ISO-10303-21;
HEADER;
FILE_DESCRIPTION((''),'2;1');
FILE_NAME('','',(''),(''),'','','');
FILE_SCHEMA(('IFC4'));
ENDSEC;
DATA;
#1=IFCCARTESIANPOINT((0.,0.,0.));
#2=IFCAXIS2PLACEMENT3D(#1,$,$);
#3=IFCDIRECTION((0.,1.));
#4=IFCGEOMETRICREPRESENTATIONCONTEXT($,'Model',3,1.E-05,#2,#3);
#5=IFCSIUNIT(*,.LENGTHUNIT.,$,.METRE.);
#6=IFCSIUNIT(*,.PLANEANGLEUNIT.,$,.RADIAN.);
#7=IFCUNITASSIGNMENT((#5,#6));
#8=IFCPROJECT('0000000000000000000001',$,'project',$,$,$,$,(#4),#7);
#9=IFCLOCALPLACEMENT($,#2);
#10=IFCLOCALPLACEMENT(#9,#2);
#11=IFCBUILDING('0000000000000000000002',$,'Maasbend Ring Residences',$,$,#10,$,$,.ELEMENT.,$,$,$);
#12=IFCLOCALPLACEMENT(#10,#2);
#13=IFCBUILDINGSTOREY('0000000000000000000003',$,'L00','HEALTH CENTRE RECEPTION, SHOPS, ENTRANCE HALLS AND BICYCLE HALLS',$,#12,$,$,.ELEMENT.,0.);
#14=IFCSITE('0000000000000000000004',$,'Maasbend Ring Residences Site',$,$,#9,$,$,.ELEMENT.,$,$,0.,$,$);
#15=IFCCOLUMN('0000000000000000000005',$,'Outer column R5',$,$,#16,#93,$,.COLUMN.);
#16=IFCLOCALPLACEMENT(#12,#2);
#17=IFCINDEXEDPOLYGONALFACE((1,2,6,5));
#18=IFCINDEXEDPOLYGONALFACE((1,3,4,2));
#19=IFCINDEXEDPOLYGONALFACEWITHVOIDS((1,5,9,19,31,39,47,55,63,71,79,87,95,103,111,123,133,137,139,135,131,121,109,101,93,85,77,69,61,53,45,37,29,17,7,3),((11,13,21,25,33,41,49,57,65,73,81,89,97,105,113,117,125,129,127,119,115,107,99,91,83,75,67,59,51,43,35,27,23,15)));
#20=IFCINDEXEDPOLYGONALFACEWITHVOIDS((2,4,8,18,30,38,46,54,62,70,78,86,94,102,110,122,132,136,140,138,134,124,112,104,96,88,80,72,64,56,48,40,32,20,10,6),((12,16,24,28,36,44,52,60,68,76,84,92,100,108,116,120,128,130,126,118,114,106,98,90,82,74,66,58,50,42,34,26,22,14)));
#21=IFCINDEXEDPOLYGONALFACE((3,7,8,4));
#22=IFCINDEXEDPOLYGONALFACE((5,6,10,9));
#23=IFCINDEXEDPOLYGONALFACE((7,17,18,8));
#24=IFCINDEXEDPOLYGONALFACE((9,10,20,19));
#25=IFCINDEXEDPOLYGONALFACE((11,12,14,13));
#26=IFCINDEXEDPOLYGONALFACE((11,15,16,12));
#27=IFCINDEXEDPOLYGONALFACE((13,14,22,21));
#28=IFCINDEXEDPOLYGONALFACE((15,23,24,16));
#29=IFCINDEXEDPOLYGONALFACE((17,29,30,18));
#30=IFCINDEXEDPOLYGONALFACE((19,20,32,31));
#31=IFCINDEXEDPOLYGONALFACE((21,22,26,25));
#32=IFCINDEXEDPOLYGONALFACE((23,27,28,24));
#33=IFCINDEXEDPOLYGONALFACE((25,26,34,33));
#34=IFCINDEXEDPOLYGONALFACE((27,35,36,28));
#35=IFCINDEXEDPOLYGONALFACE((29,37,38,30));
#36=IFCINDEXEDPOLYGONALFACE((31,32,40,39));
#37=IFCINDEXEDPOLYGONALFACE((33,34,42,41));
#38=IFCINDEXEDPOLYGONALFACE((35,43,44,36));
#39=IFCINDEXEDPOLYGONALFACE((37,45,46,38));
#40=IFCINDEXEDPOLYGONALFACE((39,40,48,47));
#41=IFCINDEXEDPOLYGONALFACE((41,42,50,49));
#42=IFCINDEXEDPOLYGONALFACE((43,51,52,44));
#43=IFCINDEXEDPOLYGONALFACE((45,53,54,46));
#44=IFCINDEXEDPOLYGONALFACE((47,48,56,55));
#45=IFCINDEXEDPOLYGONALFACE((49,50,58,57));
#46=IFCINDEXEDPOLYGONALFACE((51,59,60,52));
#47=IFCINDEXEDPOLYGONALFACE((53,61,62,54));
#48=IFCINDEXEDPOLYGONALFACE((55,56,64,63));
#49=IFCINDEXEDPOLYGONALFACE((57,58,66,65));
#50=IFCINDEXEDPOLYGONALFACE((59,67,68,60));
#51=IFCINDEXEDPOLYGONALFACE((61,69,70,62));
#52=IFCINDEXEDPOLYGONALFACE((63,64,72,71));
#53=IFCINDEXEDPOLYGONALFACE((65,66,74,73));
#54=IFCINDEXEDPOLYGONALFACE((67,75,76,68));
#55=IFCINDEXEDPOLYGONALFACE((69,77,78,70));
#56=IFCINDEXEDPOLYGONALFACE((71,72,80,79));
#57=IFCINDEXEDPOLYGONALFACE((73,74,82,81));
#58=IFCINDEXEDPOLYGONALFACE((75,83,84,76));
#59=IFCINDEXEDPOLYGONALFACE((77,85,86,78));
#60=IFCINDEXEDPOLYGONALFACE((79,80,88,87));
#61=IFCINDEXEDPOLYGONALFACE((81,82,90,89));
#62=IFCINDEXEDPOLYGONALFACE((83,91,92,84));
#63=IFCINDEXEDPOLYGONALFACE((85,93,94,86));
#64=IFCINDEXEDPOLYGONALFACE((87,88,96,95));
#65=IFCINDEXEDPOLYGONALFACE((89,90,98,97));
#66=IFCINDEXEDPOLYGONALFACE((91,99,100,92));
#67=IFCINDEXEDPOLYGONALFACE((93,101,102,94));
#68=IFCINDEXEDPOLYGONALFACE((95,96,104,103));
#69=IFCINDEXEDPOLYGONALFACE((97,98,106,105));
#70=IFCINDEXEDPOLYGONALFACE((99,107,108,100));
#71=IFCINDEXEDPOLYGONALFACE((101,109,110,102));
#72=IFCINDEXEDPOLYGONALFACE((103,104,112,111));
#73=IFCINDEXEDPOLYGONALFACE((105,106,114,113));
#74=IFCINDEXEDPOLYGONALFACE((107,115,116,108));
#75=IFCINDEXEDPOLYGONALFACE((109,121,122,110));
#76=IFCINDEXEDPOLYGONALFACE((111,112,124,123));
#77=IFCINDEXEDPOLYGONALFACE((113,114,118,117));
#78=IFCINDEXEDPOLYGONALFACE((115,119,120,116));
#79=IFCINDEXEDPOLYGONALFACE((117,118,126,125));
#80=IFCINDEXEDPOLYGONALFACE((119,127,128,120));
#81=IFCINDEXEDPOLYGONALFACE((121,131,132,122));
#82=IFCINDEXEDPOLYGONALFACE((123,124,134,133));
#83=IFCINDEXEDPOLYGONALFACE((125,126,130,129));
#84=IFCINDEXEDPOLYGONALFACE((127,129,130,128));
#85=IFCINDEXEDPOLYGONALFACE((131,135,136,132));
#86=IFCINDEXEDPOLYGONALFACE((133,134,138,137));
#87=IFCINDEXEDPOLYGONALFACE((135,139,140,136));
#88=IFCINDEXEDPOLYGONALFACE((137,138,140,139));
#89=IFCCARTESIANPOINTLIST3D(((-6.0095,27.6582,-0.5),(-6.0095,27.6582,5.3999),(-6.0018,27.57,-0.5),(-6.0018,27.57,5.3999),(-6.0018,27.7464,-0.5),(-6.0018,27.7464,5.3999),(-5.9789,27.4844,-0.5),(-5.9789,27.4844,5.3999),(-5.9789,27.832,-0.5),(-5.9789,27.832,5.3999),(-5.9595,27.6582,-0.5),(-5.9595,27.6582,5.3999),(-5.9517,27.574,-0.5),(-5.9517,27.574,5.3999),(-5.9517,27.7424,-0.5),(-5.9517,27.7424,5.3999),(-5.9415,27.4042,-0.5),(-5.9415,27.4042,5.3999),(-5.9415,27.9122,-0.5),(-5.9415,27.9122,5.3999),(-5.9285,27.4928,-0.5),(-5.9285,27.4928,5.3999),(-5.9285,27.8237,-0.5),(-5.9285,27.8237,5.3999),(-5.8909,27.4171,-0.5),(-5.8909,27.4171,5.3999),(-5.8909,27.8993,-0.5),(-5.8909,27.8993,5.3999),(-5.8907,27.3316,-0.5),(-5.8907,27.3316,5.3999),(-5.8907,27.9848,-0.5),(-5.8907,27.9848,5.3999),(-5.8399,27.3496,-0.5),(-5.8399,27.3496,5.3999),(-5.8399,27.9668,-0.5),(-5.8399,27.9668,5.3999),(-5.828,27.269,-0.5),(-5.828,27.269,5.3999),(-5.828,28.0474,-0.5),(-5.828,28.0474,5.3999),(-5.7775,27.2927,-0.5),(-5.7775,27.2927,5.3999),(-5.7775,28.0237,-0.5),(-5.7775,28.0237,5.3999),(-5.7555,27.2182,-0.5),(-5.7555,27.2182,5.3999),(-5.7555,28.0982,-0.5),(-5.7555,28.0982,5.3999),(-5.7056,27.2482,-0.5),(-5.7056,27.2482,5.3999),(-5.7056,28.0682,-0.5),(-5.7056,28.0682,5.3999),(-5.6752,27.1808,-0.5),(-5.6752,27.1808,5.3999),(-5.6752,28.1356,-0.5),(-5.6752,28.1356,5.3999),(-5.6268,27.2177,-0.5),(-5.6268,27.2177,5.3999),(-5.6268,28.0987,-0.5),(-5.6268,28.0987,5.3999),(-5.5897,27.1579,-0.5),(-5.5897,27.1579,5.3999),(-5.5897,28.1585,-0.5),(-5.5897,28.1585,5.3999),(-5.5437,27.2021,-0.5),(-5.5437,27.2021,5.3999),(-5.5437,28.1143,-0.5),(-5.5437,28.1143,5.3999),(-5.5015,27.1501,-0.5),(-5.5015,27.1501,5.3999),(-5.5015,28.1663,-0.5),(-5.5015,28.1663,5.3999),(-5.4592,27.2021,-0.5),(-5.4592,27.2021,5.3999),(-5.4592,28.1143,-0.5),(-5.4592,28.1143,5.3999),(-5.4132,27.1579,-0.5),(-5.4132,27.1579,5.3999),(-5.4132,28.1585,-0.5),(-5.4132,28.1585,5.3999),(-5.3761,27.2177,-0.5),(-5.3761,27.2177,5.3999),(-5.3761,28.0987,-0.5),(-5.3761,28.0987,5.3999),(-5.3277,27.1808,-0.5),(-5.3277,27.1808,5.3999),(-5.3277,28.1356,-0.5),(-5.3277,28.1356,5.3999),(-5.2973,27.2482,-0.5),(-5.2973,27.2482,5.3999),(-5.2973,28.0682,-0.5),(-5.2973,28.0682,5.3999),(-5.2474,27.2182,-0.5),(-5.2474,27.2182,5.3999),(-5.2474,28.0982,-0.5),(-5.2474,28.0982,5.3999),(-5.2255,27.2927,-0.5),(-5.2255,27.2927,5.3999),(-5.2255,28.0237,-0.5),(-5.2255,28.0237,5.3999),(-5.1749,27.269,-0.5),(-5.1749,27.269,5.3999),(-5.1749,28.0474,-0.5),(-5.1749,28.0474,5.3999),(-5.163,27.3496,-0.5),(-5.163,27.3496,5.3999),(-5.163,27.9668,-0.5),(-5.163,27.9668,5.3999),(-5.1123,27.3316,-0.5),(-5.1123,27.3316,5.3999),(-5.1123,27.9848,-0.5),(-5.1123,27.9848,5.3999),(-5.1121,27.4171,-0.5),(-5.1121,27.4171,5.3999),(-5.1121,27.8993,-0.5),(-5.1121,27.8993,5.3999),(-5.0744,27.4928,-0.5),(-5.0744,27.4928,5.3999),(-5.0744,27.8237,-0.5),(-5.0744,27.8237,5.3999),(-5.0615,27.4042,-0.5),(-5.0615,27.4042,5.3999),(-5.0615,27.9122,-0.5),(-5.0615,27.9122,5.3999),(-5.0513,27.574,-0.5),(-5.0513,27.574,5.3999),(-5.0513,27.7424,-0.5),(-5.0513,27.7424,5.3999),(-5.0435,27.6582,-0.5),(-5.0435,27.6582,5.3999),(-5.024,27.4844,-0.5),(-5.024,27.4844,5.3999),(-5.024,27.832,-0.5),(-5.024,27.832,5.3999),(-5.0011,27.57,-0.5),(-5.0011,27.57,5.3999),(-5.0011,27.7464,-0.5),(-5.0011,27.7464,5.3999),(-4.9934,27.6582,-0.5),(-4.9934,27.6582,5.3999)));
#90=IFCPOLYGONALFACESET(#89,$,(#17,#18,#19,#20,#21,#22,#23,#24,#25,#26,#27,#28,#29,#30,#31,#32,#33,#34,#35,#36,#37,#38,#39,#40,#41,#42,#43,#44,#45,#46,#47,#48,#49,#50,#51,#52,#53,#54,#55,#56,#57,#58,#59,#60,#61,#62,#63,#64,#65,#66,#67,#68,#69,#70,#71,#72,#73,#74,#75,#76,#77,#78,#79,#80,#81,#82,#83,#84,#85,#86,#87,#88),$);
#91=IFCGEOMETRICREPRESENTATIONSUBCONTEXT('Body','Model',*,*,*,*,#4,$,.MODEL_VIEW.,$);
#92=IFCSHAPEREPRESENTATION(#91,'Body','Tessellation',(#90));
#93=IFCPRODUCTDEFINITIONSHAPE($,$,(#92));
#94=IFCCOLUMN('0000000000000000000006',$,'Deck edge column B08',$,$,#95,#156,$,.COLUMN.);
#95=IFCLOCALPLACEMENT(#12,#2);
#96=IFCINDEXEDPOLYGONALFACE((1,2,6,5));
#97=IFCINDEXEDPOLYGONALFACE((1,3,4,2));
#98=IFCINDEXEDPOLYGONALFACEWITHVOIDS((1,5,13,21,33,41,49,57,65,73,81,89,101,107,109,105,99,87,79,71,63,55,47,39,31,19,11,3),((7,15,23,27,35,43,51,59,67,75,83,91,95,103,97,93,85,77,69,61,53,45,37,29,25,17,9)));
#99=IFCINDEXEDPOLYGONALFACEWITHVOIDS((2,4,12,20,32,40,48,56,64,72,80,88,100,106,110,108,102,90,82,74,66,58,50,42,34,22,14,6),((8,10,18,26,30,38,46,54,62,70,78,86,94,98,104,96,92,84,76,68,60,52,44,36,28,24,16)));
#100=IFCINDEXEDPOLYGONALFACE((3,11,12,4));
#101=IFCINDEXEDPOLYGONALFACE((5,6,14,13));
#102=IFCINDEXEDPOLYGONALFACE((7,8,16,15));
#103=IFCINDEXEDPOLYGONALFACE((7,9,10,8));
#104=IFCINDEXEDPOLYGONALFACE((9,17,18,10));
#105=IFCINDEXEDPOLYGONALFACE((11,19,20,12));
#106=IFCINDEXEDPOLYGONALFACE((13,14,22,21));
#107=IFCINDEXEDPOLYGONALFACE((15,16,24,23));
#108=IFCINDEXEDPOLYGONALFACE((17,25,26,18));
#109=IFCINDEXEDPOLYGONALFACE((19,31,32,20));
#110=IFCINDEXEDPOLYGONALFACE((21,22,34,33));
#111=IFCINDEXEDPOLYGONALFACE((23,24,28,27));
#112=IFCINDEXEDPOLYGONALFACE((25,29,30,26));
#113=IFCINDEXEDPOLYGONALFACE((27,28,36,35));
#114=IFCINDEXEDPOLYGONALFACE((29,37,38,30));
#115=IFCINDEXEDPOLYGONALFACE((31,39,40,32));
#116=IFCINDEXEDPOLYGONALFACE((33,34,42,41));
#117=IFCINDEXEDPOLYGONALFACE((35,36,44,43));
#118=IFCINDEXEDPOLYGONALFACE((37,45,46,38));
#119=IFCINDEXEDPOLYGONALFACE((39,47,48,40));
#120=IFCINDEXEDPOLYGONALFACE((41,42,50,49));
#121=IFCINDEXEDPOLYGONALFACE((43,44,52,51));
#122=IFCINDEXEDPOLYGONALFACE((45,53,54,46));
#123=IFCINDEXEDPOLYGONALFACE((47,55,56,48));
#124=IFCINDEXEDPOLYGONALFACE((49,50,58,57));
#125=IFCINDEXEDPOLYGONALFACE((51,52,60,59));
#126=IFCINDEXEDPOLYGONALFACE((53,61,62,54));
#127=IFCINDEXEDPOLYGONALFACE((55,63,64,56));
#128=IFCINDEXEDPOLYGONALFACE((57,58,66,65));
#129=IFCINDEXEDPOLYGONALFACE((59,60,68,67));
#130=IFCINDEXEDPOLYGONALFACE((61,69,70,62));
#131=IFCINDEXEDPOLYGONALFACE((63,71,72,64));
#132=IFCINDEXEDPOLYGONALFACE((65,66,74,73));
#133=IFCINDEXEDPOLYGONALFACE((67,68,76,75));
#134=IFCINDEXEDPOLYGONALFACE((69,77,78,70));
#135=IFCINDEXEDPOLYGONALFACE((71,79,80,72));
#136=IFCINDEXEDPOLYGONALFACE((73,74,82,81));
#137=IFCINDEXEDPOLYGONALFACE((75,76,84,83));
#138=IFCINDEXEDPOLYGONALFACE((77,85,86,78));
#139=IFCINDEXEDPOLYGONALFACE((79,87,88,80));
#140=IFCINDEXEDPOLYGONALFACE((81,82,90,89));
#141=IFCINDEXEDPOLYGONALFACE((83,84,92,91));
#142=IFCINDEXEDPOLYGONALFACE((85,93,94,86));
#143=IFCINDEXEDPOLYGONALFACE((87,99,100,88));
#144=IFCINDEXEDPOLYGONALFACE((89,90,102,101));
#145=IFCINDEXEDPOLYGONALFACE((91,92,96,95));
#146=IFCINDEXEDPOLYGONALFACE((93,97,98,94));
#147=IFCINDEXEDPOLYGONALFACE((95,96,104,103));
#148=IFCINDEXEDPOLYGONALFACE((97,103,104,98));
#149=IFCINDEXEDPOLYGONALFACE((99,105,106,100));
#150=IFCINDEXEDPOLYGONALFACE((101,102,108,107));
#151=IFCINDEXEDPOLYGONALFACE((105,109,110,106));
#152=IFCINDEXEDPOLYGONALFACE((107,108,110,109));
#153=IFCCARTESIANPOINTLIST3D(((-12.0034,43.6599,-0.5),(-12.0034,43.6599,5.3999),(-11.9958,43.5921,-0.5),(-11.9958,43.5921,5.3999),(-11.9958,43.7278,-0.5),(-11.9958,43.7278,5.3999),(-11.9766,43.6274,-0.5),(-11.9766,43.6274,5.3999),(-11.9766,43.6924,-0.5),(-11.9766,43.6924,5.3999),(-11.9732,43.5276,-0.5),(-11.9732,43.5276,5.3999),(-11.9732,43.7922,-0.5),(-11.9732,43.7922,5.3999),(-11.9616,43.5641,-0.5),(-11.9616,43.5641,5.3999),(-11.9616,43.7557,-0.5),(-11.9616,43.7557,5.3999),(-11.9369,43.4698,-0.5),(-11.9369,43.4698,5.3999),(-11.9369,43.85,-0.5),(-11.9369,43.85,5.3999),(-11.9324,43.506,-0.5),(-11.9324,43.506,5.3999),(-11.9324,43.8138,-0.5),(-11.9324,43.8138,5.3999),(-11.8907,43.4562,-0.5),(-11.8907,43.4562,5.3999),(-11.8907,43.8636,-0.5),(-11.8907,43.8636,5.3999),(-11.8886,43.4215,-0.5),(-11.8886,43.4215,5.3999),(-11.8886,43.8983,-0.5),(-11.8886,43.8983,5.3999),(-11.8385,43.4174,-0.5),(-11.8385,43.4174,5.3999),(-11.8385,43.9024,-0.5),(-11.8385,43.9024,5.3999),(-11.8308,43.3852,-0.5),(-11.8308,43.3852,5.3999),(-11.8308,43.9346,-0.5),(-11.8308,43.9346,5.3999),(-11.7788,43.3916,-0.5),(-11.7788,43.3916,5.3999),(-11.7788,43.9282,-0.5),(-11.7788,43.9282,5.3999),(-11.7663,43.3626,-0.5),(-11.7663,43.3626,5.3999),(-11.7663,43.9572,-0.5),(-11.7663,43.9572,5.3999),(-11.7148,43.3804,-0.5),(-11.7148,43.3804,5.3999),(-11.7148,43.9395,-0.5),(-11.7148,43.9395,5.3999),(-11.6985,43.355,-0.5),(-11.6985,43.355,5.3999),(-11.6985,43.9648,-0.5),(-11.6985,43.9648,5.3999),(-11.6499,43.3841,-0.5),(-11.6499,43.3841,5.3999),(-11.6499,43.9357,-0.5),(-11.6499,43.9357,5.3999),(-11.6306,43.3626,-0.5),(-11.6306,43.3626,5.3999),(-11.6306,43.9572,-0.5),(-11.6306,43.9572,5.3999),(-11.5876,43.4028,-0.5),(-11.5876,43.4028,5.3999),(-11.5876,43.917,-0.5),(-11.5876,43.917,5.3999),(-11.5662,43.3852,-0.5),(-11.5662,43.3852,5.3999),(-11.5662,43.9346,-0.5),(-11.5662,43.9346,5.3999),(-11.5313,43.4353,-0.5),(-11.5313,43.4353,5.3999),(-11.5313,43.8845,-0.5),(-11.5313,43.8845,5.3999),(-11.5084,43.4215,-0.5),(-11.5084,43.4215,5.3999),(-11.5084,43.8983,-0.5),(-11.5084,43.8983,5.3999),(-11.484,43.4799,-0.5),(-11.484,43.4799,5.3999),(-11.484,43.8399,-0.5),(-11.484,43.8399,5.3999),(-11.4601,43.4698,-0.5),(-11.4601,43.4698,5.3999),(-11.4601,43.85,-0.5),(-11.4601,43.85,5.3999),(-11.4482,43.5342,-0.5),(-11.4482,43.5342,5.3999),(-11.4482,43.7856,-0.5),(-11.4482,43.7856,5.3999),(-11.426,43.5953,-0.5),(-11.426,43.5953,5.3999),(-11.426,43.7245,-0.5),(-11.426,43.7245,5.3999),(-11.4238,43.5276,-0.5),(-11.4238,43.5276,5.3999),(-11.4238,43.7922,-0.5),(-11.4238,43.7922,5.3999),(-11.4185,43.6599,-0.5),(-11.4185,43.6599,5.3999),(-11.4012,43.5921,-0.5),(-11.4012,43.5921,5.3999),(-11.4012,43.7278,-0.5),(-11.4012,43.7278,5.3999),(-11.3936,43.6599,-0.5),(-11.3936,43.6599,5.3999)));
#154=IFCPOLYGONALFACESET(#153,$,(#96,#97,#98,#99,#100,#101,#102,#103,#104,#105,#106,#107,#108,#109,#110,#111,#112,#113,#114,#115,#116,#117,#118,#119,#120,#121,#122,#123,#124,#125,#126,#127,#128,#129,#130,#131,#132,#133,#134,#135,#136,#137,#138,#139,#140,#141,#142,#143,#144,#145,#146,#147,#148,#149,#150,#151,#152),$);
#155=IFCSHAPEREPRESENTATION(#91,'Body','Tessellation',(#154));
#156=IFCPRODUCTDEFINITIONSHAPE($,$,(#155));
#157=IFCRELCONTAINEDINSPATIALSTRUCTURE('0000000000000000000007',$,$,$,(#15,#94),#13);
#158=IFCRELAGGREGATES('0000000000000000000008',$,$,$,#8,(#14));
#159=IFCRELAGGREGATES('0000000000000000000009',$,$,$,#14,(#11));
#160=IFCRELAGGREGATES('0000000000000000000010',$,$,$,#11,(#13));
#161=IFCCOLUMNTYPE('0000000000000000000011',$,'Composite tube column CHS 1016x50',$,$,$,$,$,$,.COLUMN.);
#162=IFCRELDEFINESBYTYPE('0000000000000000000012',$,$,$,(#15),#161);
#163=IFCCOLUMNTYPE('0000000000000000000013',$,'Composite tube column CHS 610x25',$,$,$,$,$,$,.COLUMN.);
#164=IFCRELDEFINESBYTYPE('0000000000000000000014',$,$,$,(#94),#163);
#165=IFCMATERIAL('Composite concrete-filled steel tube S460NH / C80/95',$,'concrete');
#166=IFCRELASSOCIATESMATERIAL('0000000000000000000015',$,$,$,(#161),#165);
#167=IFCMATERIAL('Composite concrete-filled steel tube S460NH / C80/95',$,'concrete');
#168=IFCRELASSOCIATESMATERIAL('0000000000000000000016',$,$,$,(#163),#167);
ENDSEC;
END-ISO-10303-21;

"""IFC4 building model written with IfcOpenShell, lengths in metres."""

from ifc_helpers import new_model, si_unit, direction, frame, origin, origin_2d, place, context, subcontext, project, spatial, hollow_circle, extrude, material, material_profile, profile_set, type_object, element, save


model = new_model("IFC4")

# Units and contexts
model_context = context("Model", 3, precision=1e-05, world=origin(), true_north=direction((0.0, 1.0)))
body_context = subcontext(model_context, "Body", "Model", "MODEL_VIEW")
ifc_project = project(units=[si_unit("LENGTHUNIT", "METRE"), si_unit("PLANEANGLEUNIT", "RADIAN")], contexts=[model_context])

# Site, building, storey
site_placement = place(None, origin())
site = spatial("IfcSite", under=ifc_project, at=site_placement, Name="Maasbend Ring Residences Site", CompositionType="ELEMENT", RefElevation=0.0)
building_placement = place(site_placement, origin())
building = spatial("IfcBuilding", under=site, at=building_placement, Name="Maasbend Ring Residences", CompositionType="ELEMENT")
storey_placement = place(building_placement, origin())
storey = spatial("IfcBuildingStorey", under=building, at=storey_placement, Name="L00", Description="HEALTH CENTRE RECEPTION, SHOPS, ENTRANCE HALLS AND BICYCLE HALLS", CompositionType="ELEMENT", Elevation=0.0)

# Columns
ifc_material_1 = material(Name="Composite concrete-filled steel tube S460NH / C80/95", Category="concrete")
ifc_material_profile_1 = material_profile(ifc_material_1, hollow_circle(Radius=0.5081, WallThickness=0.05, at=origin_2d()), Name="Composite tube column CHS 1016x50")
ifc_profile_set_1 = profile_set([ifc_material_profile_1], Name="Composite concrete-filled steel tube S460NH / C80/95")
column_type_1 = type_object("IfcColumnType", Name="Composite tube column CHS 1016x50", PredefinedType="COLUMN", material=ifc_profile_set_1)
column_1_placement = place(storey_placement, frame((-5.5015, 27.6582, -0.5), z_axis=(0.0, 0.0, 1.0), x_axis=(1.0, 0.0, 0.0)))
element("IfcColumn", 1, at=column_1_placement, inside=storey, type_object=column_type_1, Name="Outer column R5", PredefinedType="COLUMN", context=body_context, shape_type="SweptSolid", body=[
    extrude(hollow_circle(Radius=0.5081, WallThickness=0.05, at=origin_2d()), origin(), (0.0, 0.0, 1.0), 5.8999),
])
ifc_material_2 = material(Name="Composite concrete-filled steel tube S460NH / C80/95", Category="concrete")
ifc_material_profile_2 = material_profile(ifc_material_2, hollow_circle(Radius=0.3049, WallThickness=0.0249, at=origin_2d()), Name="Composite tube column CHS 610x25")
ifc_profile_set_2 = profile_set([ifc_material_profile_2], Name="Composite concrete-filled steel tube S460NH / C80/95")
column_type_2 = type_object("IfcColumnType", Name="Composite tube column CHS 610x25", PredefinedType="COLUMN", material=ifc_profile_set_2)
column_2_placement = place(storey_placement, frame((-11.6985, 43.6599, -0.5), z_axis=(0.0, 0.0, 1.0), x_axis=(1.0, 0.0, 0.0)))
element("IfcColumn", 2, at=column_2_placement, inside=storey, type_object=column_type_2, Name="Deck edge column B08", PredefinedType="COLUMN", context=body_context, shape_type="SweptSolid", body=[
    extrude(hollow_circle(Radius=0.3049, WallThickness=0.0249, at=origin_2d()), origin(), (0.0, 0.0, 1.0), 5.8999),
])

save(model, "model.ifc")
